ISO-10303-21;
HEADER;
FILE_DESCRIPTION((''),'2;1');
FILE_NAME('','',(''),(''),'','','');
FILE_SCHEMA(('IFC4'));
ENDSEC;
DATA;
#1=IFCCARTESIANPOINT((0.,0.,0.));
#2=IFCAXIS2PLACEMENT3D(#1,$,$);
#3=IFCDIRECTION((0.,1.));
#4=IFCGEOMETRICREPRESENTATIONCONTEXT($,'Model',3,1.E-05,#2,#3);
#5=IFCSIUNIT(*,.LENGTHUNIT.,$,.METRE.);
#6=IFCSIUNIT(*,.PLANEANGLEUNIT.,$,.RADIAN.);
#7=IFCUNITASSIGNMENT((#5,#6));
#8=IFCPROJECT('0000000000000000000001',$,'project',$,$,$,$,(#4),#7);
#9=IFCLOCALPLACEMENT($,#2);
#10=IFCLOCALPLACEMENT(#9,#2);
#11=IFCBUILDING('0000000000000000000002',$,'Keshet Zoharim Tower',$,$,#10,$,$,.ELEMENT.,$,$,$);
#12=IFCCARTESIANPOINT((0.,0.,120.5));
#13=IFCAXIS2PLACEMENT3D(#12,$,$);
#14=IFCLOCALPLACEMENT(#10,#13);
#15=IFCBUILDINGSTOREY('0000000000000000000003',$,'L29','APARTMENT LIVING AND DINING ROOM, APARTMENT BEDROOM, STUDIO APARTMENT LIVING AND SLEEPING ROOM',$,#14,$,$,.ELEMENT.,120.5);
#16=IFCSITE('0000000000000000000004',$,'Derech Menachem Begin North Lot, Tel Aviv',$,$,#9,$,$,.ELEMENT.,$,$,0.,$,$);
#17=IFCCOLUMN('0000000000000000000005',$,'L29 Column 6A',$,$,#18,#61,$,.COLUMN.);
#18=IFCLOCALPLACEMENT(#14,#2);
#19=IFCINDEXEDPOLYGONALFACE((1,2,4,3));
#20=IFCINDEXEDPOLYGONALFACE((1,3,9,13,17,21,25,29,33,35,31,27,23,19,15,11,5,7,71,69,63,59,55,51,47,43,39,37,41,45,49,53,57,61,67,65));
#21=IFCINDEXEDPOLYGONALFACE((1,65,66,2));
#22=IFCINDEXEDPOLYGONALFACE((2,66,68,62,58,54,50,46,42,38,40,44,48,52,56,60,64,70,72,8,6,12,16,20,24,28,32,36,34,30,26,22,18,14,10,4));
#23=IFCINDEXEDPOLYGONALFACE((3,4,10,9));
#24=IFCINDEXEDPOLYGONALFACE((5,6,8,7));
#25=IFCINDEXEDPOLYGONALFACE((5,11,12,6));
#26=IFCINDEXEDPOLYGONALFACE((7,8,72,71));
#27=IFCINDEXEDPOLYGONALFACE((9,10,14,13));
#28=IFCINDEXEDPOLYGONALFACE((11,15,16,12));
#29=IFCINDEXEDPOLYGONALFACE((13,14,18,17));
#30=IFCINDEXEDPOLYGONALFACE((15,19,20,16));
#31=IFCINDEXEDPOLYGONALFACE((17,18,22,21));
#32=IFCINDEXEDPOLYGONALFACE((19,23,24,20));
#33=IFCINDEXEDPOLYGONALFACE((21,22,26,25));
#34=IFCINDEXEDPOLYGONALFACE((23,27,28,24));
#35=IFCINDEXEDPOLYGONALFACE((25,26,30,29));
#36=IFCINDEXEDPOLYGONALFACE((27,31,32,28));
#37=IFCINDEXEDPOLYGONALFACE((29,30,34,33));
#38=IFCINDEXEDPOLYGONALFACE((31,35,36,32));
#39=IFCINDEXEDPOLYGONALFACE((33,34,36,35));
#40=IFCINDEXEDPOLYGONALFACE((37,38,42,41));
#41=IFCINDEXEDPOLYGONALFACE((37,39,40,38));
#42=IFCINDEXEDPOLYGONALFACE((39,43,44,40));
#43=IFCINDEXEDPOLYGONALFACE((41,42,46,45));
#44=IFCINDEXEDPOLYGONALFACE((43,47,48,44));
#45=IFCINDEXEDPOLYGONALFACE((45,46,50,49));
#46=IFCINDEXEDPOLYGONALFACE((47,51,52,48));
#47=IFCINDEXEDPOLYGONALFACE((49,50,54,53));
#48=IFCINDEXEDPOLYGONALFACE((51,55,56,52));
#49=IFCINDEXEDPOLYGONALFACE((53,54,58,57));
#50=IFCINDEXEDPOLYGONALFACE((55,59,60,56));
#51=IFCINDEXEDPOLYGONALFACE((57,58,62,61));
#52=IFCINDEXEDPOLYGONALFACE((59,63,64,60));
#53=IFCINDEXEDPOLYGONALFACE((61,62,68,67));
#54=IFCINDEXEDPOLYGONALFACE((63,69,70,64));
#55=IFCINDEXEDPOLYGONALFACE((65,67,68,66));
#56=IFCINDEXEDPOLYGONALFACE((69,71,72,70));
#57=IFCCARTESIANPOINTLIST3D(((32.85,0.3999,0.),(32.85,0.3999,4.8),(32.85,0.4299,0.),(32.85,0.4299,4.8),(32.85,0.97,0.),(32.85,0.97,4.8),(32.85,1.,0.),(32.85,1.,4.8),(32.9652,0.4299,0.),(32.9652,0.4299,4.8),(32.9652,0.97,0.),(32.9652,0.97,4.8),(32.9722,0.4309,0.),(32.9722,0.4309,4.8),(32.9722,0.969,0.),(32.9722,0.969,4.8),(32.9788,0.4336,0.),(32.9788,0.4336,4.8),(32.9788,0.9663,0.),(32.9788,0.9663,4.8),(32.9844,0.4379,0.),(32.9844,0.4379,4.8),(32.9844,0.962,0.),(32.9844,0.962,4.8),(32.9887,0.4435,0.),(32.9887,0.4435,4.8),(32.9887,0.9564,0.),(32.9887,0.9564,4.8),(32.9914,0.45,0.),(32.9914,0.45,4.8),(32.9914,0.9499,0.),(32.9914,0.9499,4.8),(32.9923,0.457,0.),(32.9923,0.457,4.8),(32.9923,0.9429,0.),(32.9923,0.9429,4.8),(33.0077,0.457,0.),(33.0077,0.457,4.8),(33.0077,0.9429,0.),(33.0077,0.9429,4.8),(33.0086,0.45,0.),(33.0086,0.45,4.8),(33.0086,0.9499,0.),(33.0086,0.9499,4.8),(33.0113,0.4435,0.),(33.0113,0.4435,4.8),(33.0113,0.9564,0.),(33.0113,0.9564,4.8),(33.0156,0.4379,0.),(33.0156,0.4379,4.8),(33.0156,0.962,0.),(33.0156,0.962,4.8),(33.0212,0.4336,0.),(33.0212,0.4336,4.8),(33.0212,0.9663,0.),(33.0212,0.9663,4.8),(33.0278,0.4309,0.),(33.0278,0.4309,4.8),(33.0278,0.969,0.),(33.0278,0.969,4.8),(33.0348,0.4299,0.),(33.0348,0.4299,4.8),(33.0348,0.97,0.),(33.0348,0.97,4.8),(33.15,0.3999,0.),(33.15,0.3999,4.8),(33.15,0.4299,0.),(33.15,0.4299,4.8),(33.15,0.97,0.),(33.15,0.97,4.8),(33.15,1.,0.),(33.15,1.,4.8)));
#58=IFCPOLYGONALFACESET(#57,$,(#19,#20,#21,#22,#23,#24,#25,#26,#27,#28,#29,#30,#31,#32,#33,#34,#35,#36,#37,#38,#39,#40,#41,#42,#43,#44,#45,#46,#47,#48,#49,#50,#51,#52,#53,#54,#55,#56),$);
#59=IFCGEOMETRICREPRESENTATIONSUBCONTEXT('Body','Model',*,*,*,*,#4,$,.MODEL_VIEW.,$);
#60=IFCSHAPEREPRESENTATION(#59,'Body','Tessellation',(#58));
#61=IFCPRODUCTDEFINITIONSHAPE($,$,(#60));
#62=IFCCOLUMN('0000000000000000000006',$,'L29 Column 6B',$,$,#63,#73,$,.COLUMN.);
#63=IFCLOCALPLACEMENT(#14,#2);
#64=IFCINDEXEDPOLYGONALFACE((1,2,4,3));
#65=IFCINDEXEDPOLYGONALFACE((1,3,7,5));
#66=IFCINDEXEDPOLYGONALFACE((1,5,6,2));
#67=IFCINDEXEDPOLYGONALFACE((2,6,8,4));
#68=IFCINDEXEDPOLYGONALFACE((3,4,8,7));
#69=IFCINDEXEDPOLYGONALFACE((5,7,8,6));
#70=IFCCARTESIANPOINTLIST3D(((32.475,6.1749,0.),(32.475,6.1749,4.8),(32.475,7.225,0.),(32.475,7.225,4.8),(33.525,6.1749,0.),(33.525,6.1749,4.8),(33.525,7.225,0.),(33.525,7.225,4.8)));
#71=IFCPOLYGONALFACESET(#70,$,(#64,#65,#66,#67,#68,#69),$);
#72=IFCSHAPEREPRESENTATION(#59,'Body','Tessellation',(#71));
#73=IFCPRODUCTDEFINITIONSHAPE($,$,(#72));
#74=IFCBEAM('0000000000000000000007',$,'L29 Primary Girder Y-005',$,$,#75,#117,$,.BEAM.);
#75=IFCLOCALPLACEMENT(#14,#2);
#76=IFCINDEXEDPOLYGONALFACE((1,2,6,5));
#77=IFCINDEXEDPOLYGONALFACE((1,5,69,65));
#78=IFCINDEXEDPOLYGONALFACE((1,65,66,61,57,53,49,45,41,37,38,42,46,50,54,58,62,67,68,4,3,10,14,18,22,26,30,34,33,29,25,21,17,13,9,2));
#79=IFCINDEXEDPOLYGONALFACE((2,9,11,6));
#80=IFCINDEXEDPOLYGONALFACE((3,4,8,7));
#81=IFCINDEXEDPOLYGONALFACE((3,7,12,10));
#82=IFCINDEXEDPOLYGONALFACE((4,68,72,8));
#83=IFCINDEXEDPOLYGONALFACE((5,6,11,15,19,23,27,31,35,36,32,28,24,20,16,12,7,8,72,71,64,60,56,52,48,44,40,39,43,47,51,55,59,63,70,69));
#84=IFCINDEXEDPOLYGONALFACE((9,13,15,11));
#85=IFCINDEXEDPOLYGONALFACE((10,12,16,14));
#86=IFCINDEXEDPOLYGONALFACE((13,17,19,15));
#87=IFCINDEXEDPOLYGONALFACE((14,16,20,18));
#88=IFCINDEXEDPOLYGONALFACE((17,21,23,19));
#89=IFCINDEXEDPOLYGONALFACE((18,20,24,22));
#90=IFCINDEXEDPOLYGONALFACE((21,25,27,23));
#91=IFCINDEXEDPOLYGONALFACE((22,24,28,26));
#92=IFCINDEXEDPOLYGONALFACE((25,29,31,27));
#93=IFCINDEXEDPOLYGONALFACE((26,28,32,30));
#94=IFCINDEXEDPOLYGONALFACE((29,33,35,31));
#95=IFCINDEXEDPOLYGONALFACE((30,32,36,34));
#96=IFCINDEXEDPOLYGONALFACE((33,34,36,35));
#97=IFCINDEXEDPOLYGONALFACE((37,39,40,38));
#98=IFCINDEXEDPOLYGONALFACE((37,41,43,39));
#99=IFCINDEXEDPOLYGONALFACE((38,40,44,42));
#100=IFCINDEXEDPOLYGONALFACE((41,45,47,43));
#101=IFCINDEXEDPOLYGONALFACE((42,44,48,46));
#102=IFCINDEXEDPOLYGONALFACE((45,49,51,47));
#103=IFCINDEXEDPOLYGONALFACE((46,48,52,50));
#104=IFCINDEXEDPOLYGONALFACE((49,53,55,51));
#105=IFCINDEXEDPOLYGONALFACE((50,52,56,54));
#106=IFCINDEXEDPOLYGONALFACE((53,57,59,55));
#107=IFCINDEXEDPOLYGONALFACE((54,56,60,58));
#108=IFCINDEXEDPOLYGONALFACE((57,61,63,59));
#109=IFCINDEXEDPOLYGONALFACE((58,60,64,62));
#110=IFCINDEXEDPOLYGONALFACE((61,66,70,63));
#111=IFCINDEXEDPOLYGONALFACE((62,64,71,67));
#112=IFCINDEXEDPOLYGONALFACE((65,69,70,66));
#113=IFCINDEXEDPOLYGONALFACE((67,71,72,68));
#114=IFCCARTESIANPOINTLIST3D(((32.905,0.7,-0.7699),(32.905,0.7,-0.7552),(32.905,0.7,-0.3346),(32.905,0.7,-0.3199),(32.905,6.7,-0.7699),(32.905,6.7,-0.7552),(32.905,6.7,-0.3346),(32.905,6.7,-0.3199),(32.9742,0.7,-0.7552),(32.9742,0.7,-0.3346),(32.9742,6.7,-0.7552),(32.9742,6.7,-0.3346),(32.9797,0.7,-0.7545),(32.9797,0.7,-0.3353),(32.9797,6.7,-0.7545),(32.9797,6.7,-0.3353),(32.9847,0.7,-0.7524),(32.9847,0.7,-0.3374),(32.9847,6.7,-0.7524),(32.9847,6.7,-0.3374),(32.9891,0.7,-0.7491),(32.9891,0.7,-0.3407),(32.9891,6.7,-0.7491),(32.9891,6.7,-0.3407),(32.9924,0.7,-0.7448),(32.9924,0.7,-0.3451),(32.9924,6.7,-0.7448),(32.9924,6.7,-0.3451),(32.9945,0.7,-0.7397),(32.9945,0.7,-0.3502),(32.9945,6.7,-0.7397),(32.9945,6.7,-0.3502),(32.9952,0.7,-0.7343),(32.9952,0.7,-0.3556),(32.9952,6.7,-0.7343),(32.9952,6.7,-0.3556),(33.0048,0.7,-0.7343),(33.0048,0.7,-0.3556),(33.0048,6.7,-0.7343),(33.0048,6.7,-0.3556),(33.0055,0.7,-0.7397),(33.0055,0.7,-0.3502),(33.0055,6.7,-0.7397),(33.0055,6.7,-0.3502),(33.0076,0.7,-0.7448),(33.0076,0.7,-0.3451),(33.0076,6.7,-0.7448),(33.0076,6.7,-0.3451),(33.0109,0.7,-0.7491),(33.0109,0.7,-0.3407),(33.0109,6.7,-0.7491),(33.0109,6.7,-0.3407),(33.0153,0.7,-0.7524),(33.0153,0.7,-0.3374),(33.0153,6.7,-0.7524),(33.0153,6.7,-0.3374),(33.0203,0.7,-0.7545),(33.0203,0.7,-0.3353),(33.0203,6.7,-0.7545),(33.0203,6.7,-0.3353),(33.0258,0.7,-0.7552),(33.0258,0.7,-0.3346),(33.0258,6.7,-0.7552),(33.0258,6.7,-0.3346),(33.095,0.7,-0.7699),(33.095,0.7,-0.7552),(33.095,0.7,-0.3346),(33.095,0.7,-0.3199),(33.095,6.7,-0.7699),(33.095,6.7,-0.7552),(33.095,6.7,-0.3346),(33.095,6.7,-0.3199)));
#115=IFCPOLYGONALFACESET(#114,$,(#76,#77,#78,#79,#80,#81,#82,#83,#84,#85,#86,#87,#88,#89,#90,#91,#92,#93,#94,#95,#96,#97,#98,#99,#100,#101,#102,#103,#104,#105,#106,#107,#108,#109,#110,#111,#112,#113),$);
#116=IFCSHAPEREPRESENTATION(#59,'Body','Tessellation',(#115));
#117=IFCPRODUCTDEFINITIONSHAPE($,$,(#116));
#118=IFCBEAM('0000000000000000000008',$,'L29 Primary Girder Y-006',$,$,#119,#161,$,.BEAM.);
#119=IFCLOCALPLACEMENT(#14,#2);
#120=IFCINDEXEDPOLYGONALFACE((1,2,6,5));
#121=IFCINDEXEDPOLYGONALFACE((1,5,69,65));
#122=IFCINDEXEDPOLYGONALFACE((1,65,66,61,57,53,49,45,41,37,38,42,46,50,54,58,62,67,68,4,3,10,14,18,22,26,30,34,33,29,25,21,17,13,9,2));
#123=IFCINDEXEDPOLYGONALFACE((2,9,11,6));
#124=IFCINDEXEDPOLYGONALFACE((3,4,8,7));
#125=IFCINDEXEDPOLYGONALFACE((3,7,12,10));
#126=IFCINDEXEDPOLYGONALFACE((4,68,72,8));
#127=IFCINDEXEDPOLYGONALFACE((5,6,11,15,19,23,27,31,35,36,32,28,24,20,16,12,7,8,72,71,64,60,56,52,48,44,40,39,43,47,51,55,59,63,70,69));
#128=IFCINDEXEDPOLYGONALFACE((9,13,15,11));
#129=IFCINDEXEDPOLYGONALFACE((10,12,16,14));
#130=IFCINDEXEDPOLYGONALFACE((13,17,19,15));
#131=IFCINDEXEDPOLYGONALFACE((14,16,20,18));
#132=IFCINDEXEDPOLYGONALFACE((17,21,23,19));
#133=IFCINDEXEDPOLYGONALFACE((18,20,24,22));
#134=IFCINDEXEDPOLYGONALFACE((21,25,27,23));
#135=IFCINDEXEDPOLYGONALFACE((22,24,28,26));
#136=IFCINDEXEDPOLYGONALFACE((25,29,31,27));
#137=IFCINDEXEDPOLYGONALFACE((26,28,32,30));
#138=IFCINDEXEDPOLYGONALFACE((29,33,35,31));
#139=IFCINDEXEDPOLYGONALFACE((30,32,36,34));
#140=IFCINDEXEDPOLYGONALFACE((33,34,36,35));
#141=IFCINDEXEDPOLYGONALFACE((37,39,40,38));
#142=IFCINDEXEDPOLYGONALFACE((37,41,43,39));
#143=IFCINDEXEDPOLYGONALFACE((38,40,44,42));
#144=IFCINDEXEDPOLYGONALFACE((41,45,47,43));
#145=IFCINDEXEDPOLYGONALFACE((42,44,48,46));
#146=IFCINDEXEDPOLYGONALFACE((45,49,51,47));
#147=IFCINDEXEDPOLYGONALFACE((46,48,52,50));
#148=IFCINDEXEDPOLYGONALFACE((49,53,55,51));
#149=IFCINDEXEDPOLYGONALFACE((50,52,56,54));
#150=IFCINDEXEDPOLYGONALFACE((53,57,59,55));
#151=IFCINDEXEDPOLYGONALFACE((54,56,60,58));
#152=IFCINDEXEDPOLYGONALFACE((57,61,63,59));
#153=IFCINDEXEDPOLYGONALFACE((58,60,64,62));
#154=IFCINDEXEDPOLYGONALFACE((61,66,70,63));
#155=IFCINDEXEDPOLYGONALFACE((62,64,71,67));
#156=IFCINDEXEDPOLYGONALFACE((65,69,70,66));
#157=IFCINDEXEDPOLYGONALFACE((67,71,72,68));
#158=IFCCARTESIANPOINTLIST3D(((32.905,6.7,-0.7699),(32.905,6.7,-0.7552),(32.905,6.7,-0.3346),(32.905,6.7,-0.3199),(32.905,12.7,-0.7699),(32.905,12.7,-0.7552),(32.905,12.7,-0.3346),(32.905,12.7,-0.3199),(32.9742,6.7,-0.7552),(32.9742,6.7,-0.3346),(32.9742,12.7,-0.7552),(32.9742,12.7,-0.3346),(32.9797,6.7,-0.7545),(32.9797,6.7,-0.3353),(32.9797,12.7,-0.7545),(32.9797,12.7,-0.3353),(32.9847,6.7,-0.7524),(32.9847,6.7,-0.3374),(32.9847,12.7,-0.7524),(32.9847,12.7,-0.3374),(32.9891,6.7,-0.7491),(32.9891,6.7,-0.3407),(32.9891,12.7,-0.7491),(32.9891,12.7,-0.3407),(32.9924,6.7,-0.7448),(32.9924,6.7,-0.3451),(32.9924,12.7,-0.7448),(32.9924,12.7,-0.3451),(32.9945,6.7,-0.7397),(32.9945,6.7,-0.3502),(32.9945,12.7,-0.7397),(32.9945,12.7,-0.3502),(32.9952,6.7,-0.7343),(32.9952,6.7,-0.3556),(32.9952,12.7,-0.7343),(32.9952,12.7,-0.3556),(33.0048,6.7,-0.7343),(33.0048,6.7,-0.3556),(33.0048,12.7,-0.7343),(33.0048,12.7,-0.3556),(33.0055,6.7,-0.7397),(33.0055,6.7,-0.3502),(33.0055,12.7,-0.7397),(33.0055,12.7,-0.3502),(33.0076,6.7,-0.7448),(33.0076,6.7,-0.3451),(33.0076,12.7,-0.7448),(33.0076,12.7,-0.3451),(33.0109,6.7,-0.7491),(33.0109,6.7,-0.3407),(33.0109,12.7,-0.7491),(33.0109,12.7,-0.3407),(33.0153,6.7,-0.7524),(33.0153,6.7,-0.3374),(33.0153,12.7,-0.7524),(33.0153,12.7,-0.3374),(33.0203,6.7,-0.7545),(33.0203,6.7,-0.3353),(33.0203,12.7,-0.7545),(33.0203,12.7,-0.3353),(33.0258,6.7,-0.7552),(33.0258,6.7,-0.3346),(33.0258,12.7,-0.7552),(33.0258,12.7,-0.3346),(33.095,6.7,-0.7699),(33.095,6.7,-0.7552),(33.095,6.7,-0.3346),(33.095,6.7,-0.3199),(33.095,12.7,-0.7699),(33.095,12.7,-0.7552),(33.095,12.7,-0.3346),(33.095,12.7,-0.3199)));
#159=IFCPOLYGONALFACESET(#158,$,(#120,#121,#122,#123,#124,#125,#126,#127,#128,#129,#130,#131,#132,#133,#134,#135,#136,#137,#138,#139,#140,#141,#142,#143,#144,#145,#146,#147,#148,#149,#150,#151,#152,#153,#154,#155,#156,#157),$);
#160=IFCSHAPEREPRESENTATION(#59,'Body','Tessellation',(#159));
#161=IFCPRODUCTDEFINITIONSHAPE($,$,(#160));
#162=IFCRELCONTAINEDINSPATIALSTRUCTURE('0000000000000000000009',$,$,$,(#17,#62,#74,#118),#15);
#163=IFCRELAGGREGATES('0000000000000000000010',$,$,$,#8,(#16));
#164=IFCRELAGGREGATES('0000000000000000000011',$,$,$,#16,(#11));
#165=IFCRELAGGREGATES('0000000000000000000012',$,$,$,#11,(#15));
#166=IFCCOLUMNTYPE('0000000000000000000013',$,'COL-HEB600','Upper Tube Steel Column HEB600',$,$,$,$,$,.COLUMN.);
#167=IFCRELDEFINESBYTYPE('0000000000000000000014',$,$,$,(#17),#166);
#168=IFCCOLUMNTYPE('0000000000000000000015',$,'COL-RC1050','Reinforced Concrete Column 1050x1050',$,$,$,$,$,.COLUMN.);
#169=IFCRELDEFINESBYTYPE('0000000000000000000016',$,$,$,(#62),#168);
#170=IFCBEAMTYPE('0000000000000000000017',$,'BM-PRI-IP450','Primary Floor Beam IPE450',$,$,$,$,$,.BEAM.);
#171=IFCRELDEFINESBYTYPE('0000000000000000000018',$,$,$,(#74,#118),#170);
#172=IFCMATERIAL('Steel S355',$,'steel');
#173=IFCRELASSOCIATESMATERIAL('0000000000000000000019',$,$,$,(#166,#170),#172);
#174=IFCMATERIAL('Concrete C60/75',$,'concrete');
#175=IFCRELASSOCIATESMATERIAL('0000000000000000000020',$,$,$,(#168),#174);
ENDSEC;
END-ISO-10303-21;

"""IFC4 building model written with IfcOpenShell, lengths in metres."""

from ifc_helpers import new_model, si_unit, direction, frame, origin, origin_2d, place, context, subcontext, project, spatial, rectangle, i_section, extrude, material, material_profile, profile_set, type_object, element, save


model = new_model("IFC4")

# Units and contexts
model_context = context("Model", 3, precision=1e-05, world=origin(), true_north=direction((0.0, 1.0)))
body_context = subcontext(model_context, "Body", "Model", "MODEL_VIEW")
ifc_project = project(units=[si_unit("LENGTHUNIT", "METRE"), si_unit("PLANEANGLEUNIT", "RADIAN")], contexts=[model_context])

# Site, building, storey
site_placement = place(None, origin())
site = spatial("IfcSite", under=ifc_project, at=site_placement, Name="Derech Menachem Begin North Lot, Tel Aviv", CompositionType="ELEMENT", RefElevation=0.0)
building_placement = place(site_placement, origin())
building = spatial("IfcBuilding", under=site, at=building_placement, Name="Keshet Zoharim Tower", CompositionType="ELEMENT")
storey_placement = place(building_placement, frame((0.0, 0.0, 120.5)))
storey = spatial("IfcBuildingStorey", under=building, at=storey_placement, Name="L29", Description="APARTMENT LIVING AND DINING ROOM, APARTMENT BEDROOM, STUDIO APARTMENT LIVING AND SLEEPING ROOM", CompositionType="ELEMENT", Elevation=120.5)

# Columns
ifc_material_1 = material(Name="Steel S355", Category="steel")
ifc_material_profile_1 = material_profile(ifc_material_1, i_section(OverallWidth=0.3, OverallDepth=0.6001, WebThickness=0.0154, FlangeThickness=0.03, FilletRadius=0.0271, at=origin_2d()), Name="HEB600")
ifc_profile_set_1 = profile_set([ifc_material_profile_1], Name="Steel S355")
column_type_1 = type_object("IfcColumnType", Name="COL-HEB600", Description="Upper Tube Steel Column HEB600", PredefinedType="COLUMN", material=ifc_profile_set_1)
column_1_placement = place(storey_placement, frame((33.0, 0.7, 0.0), z_axis=(0.0, 0.0, 1.0), x_axis=(1.0, 0.0, 0.0)))
element("IfcColumn", 1, at=column_1_placement, inside=storey, type_object=column_type_1, Name="L29 Column 6A", PredefinedType="COLUMN", context=body_context, shape_type="SweptSolid", body=[
    extrude(i_section(OverallWidth=0.3, OverallDepth=0.6001, WebThickness=0.0154, FlangeThickness=0.03, FilletRadius=0.0271, at=origin_2d()), origin(), (0.0, 0.0, 1.0), 4.8),
])
ifc_material_2 = material(Name="Concrete C60/75", Category="concrete")
ifc_material_profile_2 = material_profile(ifc_material_2, rectangle(XDim=1.05, YDim=1.05, at=origin_2d()), Name="RC1050x1050")
ifc_profile_set_2 = profile_set([ifc_material_profile_2], Name="Concrete C60/75")
column_type_2 = type_object("IfcColumnType", Name="COL-RC1050", Description="Reinforced Concrete Column 1050x1050", PredefinedType="COLUMN", material=ifc_profile_set_2)
column_2_placement = place(storey_placement, frame((33.0, 6.7, 0.0), z_axis=(0.0, 0.0, 1.0), x_axis=(1.0, 0.0, 0.0)))
element("IfcColumn", 2, at=column_2_placement, inside=storey, type_object=column_type_2, Name="L29 Column 6B", PredefinedType="COLUMN", context=body_context, shape_type="SweptSolid", body=[
    extrude(rectangle(XDim=1.05, YDim=1.05, at=origin_2d()), origin(), (0.0, 0.0, 1.0), 4.8),
])

# Beams
ifc_material_profile_3 = material_profile(ifc_material_1, i_section(OverallWidth=0.1899, OverallDepth=0.45, WebThickness=0.0095, FlangeThickness=0.0146, FilletRadius=0.021, at=origin_2d()), Name="IPE450")
ifc_profile_set_3 = profile_set([ifc_material_profile_3], Name="Steel S355")
beam_type_1 = type_object("IfcBeamType", Name="BM-PRI-IP450", Description="Primary Floor Beam IPE450", PredefinedType="BEAM", material=ifc_profile_set_3)
for number, where, z_axis, x_axis, name in (
    (3, (33.0, 0.7, -0.5449), (0.0, 1.0, 0.0), (-1.0, 0.0, 0.0), "L29 Primary Girder Y-005"),
    (4, (33.0, 6.7, -0.5449), (0.0, 1.0, 0.0), (-1.0, 0.0, 0.0), "L29 Primary Girder Y-006"),
):
    element("IfcBeam", number, at=place(storey_placement, frame(where, z_axis=z_axis, x_axis=x_axis)), inside=storey, type_object=beam_type_1, Name=name, PredefinedType="BEAM", context=body_context, shape_type="SweptSolid", body=[
        extrude(i_section(OverallWidth=0.1899, OverallDepth=0.45, WebThickness=0.0095, FlangeThickness=0.0146, FilletRadius=0.021, at=origin_2d()), origin(), (0.0, 0.0, 1.0), 6.0),
    ])

save(model, "model.ifc")
